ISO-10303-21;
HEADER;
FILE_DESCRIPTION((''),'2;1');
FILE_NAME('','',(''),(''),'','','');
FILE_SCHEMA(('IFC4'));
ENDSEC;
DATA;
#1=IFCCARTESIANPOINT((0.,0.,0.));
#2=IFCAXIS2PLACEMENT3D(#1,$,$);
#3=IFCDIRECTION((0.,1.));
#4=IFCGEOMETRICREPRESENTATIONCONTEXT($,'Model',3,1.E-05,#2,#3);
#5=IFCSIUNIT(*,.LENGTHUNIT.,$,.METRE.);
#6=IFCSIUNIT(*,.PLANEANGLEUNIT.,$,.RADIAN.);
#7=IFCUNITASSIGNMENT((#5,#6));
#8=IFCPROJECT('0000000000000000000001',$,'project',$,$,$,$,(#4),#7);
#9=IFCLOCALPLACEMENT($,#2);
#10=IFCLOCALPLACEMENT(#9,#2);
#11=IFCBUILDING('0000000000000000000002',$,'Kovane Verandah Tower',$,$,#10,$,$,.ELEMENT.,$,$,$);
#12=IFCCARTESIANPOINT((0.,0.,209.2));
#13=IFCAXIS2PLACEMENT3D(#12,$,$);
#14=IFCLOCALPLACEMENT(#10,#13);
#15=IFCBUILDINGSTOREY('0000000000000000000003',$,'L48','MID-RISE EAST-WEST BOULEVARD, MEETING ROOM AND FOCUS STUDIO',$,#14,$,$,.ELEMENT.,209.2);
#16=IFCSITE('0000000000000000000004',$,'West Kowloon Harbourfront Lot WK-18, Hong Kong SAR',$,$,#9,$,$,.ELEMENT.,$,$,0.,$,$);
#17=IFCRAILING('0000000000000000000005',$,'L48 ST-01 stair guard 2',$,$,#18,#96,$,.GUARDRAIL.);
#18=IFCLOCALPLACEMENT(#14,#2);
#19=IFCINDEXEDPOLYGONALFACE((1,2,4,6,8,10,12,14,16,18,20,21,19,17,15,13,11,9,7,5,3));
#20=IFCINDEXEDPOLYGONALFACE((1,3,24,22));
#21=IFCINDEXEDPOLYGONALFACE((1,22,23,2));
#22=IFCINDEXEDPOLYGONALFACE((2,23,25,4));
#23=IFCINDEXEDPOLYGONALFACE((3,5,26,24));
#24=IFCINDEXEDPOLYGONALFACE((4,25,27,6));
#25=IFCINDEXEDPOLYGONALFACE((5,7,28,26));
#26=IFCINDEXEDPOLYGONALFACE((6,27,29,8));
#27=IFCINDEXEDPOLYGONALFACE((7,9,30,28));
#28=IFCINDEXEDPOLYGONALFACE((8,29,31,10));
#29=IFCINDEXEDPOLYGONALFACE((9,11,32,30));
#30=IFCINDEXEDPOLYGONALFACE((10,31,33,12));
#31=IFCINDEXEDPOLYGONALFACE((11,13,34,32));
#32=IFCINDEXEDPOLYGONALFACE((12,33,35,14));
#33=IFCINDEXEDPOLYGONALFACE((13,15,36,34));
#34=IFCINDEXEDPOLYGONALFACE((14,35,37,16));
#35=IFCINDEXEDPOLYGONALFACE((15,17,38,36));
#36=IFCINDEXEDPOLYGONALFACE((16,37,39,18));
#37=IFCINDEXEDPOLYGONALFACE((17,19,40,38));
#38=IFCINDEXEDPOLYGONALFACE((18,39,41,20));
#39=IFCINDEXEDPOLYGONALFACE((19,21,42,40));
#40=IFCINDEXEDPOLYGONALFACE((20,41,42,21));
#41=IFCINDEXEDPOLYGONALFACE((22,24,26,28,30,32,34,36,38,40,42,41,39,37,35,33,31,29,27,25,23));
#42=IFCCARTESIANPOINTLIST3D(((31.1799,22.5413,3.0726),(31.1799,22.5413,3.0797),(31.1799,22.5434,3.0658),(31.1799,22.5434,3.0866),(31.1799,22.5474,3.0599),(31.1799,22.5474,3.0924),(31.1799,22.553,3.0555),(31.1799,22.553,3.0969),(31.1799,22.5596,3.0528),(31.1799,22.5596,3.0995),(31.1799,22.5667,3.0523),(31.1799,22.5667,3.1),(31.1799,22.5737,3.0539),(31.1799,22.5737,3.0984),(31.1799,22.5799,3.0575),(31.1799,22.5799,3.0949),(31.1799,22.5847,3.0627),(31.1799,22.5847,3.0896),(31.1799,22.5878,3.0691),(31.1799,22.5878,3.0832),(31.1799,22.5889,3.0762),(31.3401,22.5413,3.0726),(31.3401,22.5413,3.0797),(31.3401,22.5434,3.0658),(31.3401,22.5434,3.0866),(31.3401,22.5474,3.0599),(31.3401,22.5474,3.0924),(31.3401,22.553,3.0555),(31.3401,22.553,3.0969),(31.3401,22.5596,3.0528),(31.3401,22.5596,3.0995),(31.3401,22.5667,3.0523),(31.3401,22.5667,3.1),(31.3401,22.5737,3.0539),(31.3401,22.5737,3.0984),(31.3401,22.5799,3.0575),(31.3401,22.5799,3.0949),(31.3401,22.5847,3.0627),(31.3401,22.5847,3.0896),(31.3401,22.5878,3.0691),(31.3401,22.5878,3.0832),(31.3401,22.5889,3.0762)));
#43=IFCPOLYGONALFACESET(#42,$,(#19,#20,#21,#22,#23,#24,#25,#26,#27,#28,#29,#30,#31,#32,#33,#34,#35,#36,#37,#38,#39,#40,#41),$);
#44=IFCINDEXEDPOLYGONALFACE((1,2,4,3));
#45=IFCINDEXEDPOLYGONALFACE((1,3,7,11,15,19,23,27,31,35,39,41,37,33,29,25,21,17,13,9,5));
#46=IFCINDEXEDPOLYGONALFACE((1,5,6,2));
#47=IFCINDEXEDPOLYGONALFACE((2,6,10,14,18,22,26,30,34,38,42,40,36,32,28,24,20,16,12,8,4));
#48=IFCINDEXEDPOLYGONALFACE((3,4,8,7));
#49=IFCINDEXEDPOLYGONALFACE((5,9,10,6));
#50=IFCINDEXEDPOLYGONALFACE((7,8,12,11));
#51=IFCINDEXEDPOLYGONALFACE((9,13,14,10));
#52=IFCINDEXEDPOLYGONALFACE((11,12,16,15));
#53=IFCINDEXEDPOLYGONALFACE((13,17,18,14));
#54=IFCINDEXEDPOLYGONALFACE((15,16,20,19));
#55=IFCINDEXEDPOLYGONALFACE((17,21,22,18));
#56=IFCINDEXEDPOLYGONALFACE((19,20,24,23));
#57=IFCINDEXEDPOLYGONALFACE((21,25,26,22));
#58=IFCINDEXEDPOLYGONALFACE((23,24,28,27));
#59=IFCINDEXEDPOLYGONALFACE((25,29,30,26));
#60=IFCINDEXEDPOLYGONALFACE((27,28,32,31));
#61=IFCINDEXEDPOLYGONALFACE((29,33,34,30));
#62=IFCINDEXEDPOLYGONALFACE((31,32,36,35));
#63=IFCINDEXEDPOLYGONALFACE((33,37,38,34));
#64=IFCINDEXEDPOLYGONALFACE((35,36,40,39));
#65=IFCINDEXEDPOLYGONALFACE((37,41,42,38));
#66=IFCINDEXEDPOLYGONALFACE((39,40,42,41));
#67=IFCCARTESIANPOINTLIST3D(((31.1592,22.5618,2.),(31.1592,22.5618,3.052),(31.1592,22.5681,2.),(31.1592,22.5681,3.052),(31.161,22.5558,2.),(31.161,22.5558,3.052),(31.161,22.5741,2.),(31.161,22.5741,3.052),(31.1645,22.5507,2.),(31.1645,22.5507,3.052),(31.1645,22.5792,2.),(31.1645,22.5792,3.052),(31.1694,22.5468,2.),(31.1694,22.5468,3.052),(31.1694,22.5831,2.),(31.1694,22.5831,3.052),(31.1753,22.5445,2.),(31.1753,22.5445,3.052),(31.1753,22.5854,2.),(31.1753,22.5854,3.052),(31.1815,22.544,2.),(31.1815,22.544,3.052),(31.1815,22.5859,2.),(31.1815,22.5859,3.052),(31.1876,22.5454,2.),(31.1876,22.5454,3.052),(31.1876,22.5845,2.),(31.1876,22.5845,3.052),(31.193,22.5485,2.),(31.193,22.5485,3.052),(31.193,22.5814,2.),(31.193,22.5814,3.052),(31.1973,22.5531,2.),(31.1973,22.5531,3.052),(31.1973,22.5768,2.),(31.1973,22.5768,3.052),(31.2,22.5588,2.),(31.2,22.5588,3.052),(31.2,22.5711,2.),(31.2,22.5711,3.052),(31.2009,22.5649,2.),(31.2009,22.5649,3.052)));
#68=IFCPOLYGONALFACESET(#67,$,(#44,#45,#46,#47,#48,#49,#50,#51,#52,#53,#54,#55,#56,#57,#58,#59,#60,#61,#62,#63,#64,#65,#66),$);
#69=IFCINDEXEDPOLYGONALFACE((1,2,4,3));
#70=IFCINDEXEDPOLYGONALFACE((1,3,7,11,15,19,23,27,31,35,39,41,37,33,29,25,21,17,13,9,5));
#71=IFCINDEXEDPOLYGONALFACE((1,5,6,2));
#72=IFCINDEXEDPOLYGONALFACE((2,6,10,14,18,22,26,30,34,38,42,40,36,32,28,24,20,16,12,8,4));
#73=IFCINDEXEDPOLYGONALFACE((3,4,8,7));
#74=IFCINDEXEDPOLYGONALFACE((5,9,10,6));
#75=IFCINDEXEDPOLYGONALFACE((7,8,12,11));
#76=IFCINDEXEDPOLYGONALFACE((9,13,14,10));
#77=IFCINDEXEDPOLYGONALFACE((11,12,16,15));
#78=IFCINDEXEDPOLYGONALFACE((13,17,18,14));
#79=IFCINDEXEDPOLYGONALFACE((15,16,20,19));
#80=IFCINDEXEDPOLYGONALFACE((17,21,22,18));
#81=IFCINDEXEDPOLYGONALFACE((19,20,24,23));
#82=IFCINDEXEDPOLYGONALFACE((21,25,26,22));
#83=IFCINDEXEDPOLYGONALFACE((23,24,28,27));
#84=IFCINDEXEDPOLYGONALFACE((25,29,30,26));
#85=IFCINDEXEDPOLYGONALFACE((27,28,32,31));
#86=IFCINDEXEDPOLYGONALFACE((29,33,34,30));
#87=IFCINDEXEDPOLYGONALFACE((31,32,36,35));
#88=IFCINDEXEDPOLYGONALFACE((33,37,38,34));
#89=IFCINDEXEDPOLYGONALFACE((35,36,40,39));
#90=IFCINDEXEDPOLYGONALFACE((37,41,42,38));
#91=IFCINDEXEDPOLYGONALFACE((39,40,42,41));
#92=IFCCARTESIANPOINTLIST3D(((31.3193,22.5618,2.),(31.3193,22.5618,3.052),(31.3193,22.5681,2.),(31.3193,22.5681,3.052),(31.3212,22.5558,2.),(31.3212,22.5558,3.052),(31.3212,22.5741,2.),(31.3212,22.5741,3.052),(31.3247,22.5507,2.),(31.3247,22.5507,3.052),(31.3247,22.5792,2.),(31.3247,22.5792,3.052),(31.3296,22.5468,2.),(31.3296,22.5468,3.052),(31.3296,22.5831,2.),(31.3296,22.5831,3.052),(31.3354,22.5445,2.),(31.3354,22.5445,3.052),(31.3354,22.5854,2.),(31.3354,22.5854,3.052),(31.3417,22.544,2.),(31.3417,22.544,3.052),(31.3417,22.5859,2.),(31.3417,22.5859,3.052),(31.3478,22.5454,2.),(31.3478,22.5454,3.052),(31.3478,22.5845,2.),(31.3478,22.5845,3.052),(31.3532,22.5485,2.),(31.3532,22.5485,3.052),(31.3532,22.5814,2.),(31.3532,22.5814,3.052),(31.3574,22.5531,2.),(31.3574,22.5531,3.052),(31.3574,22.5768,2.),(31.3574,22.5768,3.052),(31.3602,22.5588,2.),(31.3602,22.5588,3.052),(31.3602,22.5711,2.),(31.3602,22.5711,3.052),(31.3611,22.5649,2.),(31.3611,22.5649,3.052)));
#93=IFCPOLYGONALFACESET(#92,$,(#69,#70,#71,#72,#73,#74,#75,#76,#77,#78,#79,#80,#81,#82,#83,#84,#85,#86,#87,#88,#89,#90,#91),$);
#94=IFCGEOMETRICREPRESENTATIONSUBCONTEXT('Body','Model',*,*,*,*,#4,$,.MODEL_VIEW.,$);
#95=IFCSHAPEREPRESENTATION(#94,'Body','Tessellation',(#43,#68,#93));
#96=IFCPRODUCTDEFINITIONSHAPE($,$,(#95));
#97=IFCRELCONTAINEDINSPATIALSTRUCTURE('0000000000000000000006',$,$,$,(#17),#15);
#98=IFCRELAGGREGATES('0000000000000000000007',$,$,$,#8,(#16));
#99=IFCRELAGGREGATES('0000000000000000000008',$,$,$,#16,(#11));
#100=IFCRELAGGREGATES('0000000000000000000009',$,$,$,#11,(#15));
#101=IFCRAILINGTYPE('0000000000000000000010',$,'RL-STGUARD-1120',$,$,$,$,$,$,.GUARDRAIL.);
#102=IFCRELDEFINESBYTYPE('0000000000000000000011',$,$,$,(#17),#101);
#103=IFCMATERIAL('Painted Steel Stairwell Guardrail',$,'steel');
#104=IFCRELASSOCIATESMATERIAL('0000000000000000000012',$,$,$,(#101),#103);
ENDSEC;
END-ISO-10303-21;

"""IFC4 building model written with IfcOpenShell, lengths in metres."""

from ifc_helpers import new_model, si_unit, direction, frame, origin, origin_2d, place, context, subcontext, project, spatial, circle, extrude, material, type_object, element, save


model = new_model("IFC4")

# Units and contexts
model_context = context("Model", 3, precision=1e-05, world=origin(), true_north=direction((0.0, 1.0)))
body_context = subcontext(model_context, "Body", "Model", "MODEL_VIEW")
ifc_project = project(units=[si_unit("LENGTHUNIT", "METRE"), si_unit("PLANEANGLEUNIT", "RADIAN")], contexts=[model_context])

# Site, building, storey
site_placement = place(None, origin())
site = spatial("IfcSite", under=ifc_project, at=site_placement, Name="West Kowloon Harbourfront Lot WK-18, Hong Kong SAR", CompositionType="ELEMENT", RefElevation=0.0)
building_placement = place(site_placement, origin())
building = spatial("IfcBuilding", under=site, at=building_placement, Name="Kovane Verandah Tower", CompositionType="ELEMENT")
storey_placement = place(building_placement, frame((0.0, 0.0, 209.2)))
storey = spatial("IfcBuildingStorey", under=building, at=storey_placement, Name="L48", Description="MID-RISE EAST-WEST BOULEVARD, MEETING ROOM AND FOCUS STUDIO", CompositionType="ELEMENT", Elevation=209.2)

# Railing
ifc_material_1 = material(Name="Painted Steel Stairwell Guardrail", Category="steel")
railing_type_1 = type_object("IfcRailingType", Name="RL-STGUARD-1120", PredefinedType="GUARDRAIL", material=ifc_material_1)
railing_1_placement = place(storey_placement, frame((31.1799, 22.5649, 2.0)))
element("IfcRailing", 1, at=railing_1_placement, inside=storey, type_object=railing_type_1, Name="L48 ST-01 stair guard 2", PredefinedType="GUARDRAIL", context=body_context, shape_type="SweptSolid", body=[
    extrude(circle(Radius=0.0239, at=origin_2d()), frame((0.0, 0.0, 1.0762), z_axis=(1.0, 0.0, 0.0), x_axis=(0.0, 1.0, 0.0)), (0.0, 0.0, 1.0), 0.1602),
    extrude(circle(Radius=0.021, at=origin_2d()), origin(), (0.0, 0.0, 1.0), 1.052),
    extrude(circle(Radius=0.021, at=origin_2d()), frame((0.1602, 0.0, 0.0)), (0.0, 0.0, 1.0), 1.052),
])

save(model, "model.ifc")
